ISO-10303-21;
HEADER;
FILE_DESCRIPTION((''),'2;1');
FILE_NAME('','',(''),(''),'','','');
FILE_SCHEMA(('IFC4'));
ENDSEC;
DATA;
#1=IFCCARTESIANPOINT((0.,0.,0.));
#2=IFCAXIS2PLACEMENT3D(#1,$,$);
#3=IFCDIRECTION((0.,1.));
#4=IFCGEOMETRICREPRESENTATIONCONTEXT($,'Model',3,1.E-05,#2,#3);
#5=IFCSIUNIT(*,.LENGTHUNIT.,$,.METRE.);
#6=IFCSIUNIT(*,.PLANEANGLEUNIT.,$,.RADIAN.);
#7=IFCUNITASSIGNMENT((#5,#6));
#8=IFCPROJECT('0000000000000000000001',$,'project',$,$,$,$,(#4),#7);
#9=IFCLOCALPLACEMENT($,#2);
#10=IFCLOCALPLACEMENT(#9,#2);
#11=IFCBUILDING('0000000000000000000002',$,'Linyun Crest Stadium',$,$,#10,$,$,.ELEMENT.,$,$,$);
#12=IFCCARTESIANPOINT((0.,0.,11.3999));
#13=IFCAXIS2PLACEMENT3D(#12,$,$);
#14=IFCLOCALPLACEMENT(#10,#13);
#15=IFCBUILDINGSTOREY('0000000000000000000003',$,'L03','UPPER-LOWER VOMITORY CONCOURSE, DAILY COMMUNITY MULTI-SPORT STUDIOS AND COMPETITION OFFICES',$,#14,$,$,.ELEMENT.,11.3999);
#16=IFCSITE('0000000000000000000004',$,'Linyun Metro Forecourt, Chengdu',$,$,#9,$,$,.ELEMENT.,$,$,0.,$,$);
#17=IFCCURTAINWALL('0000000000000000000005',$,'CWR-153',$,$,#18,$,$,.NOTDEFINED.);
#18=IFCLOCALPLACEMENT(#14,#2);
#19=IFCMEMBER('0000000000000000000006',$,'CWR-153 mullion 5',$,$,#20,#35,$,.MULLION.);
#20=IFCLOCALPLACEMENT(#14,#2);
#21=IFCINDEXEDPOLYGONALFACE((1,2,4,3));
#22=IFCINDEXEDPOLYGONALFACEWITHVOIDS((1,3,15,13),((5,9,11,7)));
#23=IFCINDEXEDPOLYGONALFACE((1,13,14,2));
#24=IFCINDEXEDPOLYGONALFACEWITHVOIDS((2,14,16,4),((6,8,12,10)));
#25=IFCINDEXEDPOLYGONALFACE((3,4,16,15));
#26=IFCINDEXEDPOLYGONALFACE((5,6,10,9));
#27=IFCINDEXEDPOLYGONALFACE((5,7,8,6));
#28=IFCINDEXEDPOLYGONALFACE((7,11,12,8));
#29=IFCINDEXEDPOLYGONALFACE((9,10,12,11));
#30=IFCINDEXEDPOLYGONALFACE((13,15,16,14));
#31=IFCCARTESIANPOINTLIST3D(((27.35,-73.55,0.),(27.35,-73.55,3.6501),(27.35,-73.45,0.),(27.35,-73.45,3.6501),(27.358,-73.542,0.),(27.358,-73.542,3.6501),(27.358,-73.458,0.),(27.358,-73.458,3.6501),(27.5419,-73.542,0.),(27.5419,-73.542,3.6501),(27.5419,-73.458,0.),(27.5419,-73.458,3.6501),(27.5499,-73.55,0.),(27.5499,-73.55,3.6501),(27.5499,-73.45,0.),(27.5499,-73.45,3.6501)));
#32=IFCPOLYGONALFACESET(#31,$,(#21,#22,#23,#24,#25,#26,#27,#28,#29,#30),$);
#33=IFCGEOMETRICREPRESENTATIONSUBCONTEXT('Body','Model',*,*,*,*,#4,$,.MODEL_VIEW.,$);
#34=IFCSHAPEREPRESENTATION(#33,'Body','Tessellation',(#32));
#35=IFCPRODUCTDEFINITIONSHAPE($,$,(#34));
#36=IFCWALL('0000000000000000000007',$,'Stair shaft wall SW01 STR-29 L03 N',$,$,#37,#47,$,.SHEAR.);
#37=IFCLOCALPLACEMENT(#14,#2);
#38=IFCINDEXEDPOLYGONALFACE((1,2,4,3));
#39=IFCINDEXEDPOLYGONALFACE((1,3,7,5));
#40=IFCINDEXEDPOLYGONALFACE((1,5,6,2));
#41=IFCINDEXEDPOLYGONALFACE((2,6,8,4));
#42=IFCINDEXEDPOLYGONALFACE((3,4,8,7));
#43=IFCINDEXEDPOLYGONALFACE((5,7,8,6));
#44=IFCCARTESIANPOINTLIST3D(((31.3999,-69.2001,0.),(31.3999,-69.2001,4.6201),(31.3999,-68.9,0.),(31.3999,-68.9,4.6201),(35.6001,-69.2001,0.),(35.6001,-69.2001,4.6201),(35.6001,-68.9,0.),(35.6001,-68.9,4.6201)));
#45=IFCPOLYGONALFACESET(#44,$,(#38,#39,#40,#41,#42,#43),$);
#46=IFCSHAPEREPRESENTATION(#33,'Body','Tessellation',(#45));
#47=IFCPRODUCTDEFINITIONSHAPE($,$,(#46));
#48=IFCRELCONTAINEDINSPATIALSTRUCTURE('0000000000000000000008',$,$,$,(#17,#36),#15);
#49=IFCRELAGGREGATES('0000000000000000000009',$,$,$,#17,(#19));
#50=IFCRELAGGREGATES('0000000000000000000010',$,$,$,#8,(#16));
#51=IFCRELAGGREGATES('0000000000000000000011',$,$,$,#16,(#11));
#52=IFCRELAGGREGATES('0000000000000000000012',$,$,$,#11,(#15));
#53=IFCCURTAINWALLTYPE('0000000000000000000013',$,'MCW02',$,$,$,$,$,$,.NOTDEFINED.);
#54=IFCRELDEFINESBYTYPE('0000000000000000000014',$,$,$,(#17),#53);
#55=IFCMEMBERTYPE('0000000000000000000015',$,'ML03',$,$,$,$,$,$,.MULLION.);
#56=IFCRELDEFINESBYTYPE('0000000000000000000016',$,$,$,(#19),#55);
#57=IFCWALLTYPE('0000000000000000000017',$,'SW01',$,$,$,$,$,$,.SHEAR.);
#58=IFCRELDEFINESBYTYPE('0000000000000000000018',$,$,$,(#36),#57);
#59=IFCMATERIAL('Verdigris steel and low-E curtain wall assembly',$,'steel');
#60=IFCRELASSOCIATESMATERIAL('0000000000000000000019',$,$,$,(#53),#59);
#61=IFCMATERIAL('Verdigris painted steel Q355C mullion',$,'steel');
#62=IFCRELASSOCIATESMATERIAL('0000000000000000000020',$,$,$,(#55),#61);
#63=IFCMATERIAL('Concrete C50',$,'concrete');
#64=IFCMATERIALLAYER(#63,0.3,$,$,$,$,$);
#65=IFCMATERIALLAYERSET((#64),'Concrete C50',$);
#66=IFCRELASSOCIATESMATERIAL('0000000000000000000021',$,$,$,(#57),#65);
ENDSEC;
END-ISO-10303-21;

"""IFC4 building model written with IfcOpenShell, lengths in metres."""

from ifc_helpers import new_model, si_unit, direction, frame, frame_2d, origin, origin_2d, place, context, subcontext, project, spatial, rectangle, hollow_rectangle, extrude, material, layer, layer_set, material_profile, profile_set, type_object, element, aggregate, save


model = new_model("IFC4")

# Units and contexts
model_context = context("Model", 3, precision=1e-05, world=origin(), true_north=direction((0.0, 1.0)))
body_context = subcontext(model_context, "Body", "Model", "MODEL_VIEW")
ifc_project = project(units=[si_unit("LENGTHUNIT", "METRE"), si_unit("PLANEANGLEUNIT", "RADIAN")], contexts=[model_context])

# Site, building, storey
site_placement = place(None, origin())
site = spatial("IfcSite", under=ifc_project, at=site_placement, Name="Linyun Metro Forecourt, Chengdu", CompositionType="ELEMENT", RefElevation=0.0)
building_placement = place(site_placement, origin())
building = spatial("IfcBuilding", under=site, at=building_placement, Name="Linyun Crest Stadium", CompositionType="ELEMENT")
storey_placement = place(building_placement, frame((0.0, 0.0, 11.3999)))
storey = spatial("IfcBuildingStorey", under=building, at=storey_placement, Name="L03", Description="UPPER-LOWER VOMITORY CONCOURSE, DAILY COMMUNITY MULTI-SPORT STUDIOS AND COMPETITION OFFICES", CompositionType="ELEMENT", Elevation=11.3999)

# Curtain wall, member
ifc_material_1 = material(Name="Verdigris steel and low-E curtain wall assembly", Category="steel")
curtain_wall_type = type_object("IfcCurtainWallType", Name="MCW02", PredefinedType="NOTDEFINED", material=ifc_material_1)
curtain_wall_placement = place(storey_placement, origin())
curtain_wall = element("IfcCurtainWall", 1, at=curtain_wall_placement, inside=storey, type_object=curtain_wall_type, Name="CWR-153", PredefinedType="NOTDEFINED")
ifc_material_2 = material(Name="Verdigris painted steel Q355C mullion", Category="steel")
ifc_material_profile_1 = material_profile(ifc_material_2, hollow_rectangle(XDim=0.1001, YDim=0.2, WallThickness=0.0081, at=origin_2d()), Name="RHS 200x100x8")
ifc_profile_set_1 = profile_set([ifc_material_profile_1], Name="Verdigris painted steel Q355C mullion")
member_type = type_object("IfcMemberType", Name="ML03", PredefinedType="MULLION", material=ifc_profile_set_1)
member_placement = place(storey_placement, frame((27.45, -73.5, 0.0), z_axis=(0.0, 0.0, 1.0), x_axis=(0.0, 1.0, 0.0)))
member = element("IfcMember", 2, at=member_placement, type_object=member_type, Name="CWR-153 mullion 5", PredefinedType="MULLION", context=body_context, shape_type="SweptSolid", body=[
    extrude(hollow_rectangle(XDim=0.1001, YDim=0.2, WallThickness=0.0081, at=origin_2d()), origin(), (0.0, 0.0, 1.0), 3.6501),
])
aggregate(curtain_wall, [member])

# Wall
ifc_material_3 = material(Name="Concrete C50", Category="concrete")
ifc_layer = layer(ifc_material_3, 0.3)
ifc_layer_set = layer_set([ifc_layer], Name="Concrete C50")
wall_type = type_object("IfcWallType", Name="SW01", PredefinedType="SHEAR", material=ifc_layer_set)
wall_placement = place(storey_placement, frame((31.3999, -69.05, 0.0), z_axis=(0.0, 0.0, 1.0), x_axis=(1.0, 0.0, 0.0)))
element("IfcWall", 3, at=wall_placement, inside=storey, type_object=wall_type, Name="Stair shaft wall SW01 STR-29 L03 N", PredefinedType="SHEAR", context=body_context, shape_type="SweptSolid", body=[
    extrude(rectangle(XDim=4.2002, YDim=0.3, at=frame_2d((2.1001, 0.0))), origin(), (0.0, 0.0, 1.0), 4.6201),
])

save(model, "model.ifc")
